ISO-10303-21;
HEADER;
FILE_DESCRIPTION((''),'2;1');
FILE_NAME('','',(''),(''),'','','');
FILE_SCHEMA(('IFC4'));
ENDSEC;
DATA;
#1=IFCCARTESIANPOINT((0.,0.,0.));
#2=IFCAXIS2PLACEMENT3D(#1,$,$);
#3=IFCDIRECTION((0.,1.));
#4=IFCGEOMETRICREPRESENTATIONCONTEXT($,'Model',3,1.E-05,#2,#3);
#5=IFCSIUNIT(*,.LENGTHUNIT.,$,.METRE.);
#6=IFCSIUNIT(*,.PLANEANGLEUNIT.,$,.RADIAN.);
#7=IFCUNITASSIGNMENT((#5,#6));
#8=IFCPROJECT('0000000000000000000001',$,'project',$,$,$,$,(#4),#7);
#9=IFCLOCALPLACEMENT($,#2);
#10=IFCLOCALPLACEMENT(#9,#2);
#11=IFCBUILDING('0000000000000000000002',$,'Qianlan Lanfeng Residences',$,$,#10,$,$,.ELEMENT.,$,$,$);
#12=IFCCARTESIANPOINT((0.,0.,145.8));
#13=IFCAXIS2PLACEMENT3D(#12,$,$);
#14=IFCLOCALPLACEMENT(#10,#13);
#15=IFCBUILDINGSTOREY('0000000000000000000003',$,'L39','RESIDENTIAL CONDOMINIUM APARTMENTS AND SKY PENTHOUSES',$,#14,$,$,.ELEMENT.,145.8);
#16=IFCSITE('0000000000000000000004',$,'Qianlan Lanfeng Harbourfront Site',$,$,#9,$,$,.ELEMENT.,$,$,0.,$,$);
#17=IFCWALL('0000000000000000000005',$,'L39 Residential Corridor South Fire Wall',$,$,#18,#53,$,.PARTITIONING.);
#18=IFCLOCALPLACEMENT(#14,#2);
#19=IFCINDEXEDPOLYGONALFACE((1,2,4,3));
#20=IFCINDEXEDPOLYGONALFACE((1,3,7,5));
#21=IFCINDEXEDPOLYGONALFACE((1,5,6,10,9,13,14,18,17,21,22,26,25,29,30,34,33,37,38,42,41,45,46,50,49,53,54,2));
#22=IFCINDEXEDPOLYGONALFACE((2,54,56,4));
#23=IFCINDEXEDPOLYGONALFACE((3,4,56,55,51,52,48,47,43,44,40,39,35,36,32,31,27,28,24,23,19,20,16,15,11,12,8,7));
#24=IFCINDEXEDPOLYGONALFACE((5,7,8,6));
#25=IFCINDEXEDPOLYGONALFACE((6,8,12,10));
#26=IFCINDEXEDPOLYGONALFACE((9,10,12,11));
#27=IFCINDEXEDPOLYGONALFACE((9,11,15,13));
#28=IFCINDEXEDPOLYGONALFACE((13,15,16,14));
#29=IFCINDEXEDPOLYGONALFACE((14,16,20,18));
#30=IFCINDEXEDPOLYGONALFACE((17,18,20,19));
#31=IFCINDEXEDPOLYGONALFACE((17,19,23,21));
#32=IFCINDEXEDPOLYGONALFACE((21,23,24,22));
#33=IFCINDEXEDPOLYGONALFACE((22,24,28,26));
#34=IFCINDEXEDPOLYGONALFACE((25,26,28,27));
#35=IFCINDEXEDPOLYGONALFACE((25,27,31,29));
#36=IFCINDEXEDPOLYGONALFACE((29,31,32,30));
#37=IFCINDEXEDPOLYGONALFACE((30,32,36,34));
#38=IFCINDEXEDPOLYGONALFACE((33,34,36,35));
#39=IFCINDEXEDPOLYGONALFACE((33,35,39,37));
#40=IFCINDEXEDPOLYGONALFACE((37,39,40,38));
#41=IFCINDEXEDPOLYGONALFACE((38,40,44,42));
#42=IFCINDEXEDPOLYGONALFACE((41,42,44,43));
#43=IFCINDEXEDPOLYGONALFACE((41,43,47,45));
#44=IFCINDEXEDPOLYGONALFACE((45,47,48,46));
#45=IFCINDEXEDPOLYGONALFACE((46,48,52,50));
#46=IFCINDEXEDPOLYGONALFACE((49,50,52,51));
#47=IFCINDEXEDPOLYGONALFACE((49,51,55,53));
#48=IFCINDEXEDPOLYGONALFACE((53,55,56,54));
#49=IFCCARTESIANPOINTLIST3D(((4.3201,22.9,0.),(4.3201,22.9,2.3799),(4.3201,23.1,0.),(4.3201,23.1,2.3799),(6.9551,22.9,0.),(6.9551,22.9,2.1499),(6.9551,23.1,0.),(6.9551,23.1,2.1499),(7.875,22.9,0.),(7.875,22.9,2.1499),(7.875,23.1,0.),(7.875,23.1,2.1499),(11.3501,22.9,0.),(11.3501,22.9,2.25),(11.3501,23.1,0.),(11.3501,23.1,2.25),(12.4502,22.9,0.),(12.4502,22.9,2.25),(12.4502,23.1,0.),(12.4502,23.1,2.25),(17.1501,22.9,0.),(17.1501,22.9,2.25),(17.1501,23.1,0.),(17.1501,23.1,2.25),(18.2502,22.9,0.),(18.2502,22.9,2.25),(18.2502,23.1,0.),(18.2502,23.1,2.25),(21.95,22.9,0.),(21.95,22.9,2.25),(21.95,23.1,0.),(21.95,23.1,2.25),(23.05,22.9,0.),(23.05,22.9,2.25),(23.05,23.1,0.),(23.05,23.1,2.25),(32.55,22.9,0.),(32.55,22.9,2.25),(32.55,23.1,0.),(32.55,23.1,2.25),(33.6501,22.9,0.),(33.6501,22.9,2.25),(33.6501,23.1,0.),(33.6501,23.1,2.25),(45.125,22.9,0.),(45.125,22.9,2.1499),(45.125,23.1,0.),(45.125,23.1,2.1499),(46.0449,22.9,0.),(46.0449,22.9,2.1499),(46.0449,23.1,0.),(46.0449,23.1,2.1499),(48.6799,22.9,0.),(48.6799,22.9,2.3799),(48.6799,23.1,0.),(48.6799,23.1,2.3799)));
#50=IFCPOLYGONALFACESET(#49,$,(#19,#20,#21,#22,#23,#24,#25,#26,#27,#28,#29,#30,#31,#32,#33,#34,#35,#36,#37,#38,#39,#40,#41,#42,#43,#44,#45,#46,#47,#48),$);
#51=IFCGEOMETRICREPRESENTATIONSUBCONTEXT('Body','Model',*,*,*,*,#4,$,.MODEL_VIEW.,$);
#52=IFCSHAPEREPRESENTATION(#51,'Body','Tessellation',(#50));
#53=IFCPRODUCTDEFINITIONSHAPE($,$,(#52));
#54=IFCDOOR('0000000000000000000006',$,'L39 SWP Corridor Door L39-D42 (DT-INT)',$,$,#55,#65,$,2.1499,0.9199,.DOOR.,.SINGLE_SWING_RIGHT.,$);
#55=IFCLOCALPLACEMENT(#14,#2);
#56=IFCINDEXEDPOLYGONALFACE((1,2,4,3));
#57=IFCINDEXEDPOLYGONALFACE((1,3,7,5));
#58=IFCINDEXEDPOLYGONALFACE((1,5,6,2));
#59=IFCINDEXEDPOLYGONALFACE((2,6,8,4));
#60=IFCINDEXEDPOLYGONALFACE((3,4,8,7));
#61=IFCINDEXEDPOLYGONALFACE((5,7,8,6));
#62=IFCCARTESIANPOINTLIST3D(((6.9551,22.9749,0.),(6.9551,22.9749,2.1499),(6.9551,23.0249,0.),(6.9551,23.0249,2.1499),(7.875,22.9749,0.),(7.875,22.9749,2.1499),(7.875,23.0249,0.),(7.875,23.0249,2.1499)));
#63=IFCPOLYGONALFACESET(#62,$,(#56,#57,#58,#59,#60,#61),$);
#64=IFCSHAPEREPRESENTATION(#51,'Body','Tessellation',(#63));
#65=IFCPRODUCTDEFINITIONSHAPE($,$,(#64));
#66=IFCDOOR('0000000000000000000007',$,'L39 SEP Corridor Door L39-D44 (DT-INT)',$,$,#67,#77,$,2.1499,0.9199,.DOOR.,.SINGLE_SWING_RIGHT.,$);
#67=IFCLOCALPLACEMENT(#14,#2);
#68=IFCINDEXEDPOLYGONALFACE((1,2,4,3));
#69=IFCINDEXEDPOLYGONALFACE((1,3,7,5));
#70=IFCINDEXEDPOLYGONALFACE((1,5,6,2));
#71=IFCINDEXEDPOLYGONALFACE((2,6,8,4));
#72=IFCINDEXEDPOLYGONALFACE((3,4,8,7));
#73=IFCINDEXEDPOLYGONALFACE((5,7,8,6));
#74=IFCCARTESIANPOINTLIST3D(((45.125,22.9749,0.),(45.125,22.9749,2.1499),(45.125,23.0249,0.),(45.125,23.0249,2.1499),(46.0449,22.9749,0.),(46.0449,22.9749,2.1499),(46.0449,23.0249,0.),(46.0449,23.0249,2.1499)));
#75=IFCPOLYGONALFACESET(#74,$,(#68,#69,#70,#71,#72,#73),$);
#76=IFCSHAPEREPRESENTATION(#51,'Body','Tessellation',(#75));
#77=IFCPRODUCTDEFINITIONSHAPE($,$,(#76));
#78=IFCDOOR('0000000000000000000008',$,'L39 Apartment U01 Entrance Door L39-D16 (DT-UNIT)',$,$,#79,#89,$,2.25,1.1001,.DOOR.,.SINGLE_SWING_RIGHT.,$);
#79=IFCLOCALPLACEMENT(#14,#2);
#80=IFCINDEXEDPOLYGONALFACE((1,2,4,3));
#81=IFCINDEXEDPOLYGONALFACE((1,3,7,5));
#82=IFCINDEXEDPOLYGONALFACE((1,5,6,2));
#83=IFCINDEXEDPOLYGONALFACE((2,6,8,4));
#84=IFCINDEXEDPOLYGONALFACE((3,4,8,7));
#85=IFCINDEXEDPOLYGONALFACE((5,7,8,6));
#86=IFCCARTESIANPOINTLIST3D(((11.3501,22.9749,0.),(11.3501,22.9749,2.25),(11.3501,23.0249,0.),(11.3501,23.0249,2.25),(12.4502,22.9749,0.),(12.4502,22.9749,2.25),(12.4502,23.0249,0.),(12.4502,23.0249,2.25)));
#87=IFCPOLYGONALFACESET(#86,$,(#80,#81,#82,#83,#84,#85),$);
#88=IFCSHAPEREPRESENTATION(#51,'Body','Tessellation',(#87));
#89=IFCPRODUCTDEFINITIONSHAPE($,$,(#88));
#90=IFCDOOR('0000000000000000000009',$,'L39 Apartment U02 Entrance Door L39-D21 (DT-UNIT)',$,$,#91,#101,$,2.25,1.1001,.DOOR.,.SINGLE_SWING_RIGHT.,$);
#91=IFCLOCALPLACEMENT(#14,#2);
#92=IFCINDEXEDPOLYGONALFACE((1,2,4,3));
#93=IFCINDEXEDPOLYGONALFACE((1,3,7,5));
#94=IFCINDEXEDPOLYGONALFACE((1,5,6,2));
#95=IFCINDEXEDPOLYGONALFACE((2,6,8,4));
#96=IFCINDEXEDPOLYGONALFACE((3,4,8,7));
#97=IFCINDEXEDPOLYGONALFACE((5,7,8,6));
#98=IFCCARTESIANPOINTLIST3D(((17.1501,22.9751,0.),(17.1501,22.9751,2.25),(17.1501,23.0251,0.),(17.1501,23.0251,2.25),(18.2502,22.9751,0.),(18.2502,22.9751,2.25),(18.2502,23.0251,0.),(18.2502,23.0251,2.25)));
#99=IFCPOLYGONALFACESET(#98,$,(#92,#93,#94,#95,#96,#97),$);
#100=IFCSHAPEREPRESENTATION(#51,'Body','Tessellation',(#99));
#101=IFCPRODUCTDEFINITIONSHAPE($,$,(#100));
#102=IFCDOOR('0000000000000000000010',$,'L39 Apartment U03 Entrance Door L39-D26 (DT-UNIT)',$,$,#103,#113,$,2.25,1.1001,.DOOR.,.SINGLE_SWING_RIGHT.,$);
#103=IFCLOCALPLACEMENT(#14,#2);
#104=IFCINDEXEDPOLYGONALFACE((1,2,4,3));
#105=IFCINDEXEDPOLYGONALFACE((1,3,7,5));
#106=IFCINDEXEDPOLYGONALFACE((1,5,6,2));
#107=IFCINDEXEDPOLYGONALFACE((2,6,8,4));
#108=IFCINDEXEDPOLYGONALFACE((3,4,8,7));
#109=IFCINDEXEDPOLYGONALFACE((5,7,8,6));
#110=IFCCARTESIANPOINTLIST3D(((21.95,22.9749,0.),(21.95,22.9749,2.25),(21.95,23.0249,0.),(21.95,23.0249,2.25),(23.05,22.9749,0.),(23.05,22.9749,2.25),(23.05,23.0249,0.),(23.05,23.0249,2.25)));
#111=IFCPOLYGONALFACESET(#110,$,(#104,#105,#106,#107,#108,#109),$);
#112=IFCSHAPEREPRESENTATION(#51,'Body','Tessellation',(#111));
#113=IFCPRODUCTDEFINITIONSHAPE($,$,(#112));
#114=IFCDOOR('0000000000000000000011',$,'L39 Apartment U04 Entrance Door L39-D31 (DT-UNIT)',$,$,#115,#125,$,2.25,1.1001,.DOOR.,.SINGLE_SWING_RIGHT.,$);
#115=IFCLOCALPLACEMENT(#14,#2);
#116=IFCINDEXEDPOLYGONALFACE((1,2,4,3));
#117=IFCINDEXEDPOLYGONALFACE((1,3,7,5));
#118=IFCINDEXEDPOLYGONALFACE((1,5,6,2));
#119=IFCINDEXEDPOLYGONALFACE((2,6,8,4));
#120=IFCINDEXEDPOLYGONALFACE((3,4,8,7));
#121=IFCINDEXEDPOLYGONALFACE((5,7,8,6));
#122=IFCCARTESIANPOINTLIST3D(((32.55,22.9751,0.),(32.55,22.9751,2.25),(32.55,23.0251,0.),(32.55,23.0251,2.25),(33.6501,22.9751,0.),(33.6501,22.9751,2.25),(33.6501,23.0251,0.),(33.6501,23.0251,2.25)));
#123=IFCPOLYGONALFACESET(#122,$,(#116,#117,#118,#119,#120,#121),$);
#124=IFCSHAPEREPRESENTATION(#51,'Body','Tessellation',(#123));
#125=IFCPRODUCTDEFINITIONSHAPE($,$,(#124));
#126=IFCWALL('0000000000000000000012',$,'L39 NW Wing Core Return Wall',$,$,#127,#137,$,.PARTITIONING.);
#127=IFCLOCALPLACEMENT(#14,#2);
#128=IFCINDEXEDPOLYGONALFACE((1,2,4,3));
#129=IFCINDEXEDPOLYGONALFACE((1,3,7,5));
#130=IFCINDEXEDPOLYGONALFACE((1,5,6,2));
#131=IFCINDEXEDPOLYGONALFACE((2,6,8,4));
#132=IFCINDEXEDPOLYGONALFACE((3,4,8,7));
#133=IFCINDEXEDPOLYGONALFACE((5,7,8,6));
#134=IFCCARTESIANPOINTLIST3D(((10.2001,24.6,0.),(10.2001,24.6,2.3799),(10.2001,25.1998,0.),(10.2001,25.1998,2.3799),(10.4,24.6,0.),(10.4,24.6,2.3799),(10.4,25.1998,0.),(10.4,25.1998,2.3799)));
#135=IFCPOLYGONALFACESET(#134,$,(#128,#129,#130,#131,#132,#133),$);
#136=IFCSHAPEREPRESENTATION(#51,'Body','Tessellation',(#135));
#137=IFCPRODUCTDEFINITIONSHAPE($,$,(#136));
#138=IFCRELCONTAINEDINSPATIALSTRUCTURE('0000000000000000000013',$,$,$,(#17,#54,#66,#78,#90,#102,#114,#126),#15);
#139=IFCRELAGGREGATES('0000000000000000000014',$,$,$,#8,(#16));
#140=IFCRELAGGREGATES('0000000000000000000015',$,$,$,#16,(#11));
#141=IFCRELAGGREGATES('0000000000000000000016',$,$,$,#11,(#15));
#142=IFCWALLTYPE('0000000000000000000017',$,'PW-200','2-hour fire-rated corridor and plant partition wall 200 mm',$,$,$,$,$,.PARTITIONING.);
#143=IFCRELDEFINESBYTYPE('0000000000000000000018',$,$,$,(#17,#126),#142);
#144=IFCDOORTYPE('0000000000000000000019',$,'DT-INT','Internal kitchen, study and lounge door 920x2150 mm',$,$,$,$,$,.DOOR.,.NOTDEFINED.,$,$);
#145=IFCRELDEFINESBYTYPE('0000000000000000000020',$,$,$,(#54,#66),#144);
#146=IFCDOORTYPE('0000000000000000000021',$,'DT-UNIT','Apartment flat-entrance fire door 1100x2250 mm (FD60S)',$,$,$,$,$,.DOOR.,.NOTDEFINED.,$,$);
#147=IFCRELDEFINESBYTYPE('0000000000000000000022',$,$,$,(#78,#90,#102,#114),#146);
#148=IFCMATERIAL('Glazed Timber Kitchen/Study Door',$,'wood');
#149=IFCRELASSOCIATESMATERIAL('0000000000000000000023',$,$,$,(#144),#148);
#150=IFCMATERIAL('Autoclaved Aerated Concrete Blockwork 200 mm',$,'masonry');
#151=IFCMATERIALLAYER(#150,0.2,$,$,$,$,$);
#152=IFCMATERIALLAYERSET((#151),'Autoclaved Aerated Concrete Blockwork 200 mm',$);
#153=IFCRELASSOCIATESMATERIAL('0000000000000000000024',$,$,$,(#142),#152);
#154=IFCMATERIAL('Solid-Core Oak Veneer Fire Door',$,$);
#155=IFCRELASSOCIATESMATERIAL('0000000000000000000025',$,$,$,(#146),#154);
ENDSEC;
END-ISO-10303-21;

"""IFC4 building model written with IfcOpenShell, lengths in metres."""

from ifc_helpers import new_model, si_unit, direction, frame, frame_2d, origin, place, context, subcontext, project, spatial, rectangle, extrude, material, layer, layer_set, type_object, element, fill, save


model = new_model("IFC4")

# Units and contexts
model_context = context("Model", 3, precision=1e-05, world=origin(), true_north=direction((0.0, 1.0)))
body_context = subcontext(model_context, "Body", "Model", "MODEL_VIEW")
ifc_project = project(units=[si_unit("LENGTHUNIT", "METRE"), si_unit("PLANEANGLEUNIT", "RADIAN")], contexts=[model_context])

# Site, building, storey
site_placement = place(None, origin())
site = spatial("IfcSite", under=ifc_project, at=site_placement, Name="Qianlan Lanfeng Harbourfront Site", CompositionType="ELEMENT", RefElevation=0.0)
building_placement = place(site_placement, origin())
building = spatial("IfcBuilding", under=site, at=building_placement, Name="Qianlan Lanfeng Residences", CompositionType="ELEMENT")
storey_placement = place(building_placement, frame((0.0, 0.0, 145.8)))
storey = spatial("IfcBuildingStorey", under=building, at=storey_placement, Name="L39", Description="RESIDENTIAL CONDOMINIUM APARTMENTS AND SKY PENTHOUSES", CompositionType="ELEMENT", Elevation=145.8)

# Shared definitions
ifc_material_1 = material(Name="Glazed Timber Kitchen/Study Door", Category="wood")
door_type_1 = type_object("IfcDoorType", Name="DT-INT", Description="Internal kitchen, study and lounge door 920x2150 mm", OperationType="NOTDEFINED", PredefinedType="DOOR", material=ifc_material_1)

# Wall, openings, doors
ifc_material_2 = material(Name="Autoclaved Aerated Concrete Blockwork 200 mm", Category="masonry")
ifc_layer_1 = layer(ifc_material_2, 0.2)
ifc_layer_set_1 = layer_set([ifc_layer_1], Name="Autoclaved Aerated Concrete Blockwork 200 mm")
wall_type_1 = type_object("IfcWallType", Name="PW-200", Description="2-hour fire-rated corridor and plant partition wall 200 mm", PredefinedType="PARTITIONING", material=ifc_layer_set_1)
wall_1_placement = place(storey_placement, frame((4.3201, 23.0, 0.0), z_axis=(0.0, 0.0, 1.0), x_axis=(1.0, 0.0, 0.0)))
wall_1 = element("IfcWall", 1, at=wall_1_placement, inside=storey, type_object=wall_type_1, Name="L39 Residential Corridor South Fire Wall", PredefinedType="PARTITIONING", context=body_context, shape_type="SweptSolid", body=[
    extrude(rectangle(XDim=44.3599, YDim=0.2, at=frame_2d((22.1799, 0.0))), origin(), (0.0, 0.0, 1.0), 2.3799),
])
opening_1_placement = place(wall_1_placement, frame((7.03, 0.0, 0.0)))
opening_1 = element("IfcOpeningElement", 2, at=opening_1_placement, cuts=wall_1, PredefinedType="OPENING", context=body_context, shape_type="SweptSolid", body=[
    extrude(rectangle(XDim=1.1001, YDim=2.25, at=frame_2d((0.55, 1.125))), frame((0.0, 0.1099, 0.0), z_axis=(0.0, -1.0, 0.0), x_axis=(1.0, 0.0, 0.0)), (0.0, 0.0, 1.0), 0.22),
])
opening_2_placement = place(wall_1_placement, frame((12.8301, 0.0, 0.0)))
opening_2 = element("IfcOpeningElement", 3, at=opening_2_placement, cuts=wall_1, PredefinedType="OPENING", context=body_context, shape_type="SweptSolid", body=[
    extrude(rectangle(XDim=1.1001, YDim=2.25, at=frame_2d((0.55, 1.125))), frame((0.0, 0.1099, 0.0), z_axis=(0.0, -1.0, 0.0), x_axis=(1.0, 0.0, 0.0)), (0.0, 0.0, 1.0), 0.22),
])
opening_3_placement = place(wall_1_placement, frame((17.6299, 0.0, 0.0)))
opening_3 = element("IfcOpeningElement", 4, at=opening_3_placement, cuts=wall_1, PredefinedType="OPENING", context=body_context, shape_type="SweptSolid", body=[
    extrude(rectangle(XDim=1.1001, YDim=2.25, at=frame_2d((0.55, 1.125))), frame((0.0, 0.1099, 0.0), z_axis=(0.0, -1.0, 0.0), x_axis=(1.0, 0.0, 0.0)), (0.0, 0.0, 1.0), 0.22),
])
opening_4_placement = place(wall_1_placement, frame((28.23, 0.0, 0.0)))
opening_4 = element("IfcOpeningElement", 5, at=opening_4_placement, cuts=wall_1, PredefinedType="OPENING", context=body_context, shape_type="SweptSolid", body=[
    extrude(rectangle(XDim=1.1001, YDim=2.25, at=frame_2d((0.55, 1.125))), frame((0.0, 0.1099, 0.0), z_axis=(0.0, -1.0, 0.0), x_axis=(1.0, 0.0, 0.0)), (0.0, 0.0, 1.0), 0.22),
])
opening_5_placement = place(wall_1_placement, frame((2.635, 0.0, 0.0)))
opening_5 = element("IfcOpeningElement", 6, at=opening_5_placement, cuts=wall_1, PredefinedType="OPENING", context=body_context, shape_type="SweptSolid", body=[
    extrude(rectangle(XDim=0.9199, YDim=2.1499, at=frame_2d((0.46, 1.075))), frame((0.0, 0.1099, 0.0), z_axis=(0.0, -1.0, 0.0), x_axis=(1.0, 0.0, 0.0)), (0.0, 0.0, 1.0), 0.22),
])
opening_6_placement = place(wall_1_placement, frame((40.8049, 0.0, 0.0)))
opening_6 = element("IfcOpeningElement", 7, at=opening_6_placement, cuts=wall_1, PredefinedType="OPENING", context=body_context, shape_type="SweptSolid", body=[
    extrude(rectangle(XDim=0.9199, YDim=2.1499, at=frame_2d((0.46, 1.075))), frame((0.0, 0.1099, 0.0), z_axis=(0.0, -1.0, 0.0), x_axis=(1.0, 0.0, 0.0)), (0.0, 0.0, 1.0), 0.22),
])
door_1_placement = place(opening_5_placement, origin())
door_1 = element("IfcDoor", 8, at=door_1_placement, inside=storey, type_object=door_type_1, Name="L39 SWP Corridor Door L39-D42 (DT-INT)", OperationType="SINGLE_SWING_RIGHT", OverallHeight=2.1499, OverallWidth=0.9199, PredefinedType="DOOR", context=body_context, shape_type="SweptSolid", body=[
    extrude(rectangle(XDim=0.9199, YDim=2.1499, at=frame_2d((0.46, 1.075))), frame((0.0, 0.0249, 0.0), z_axis=(0.0, -1.0, 0.0), x_axis=(1.0, 0.0, 0.0)), (0.0, 0.0, 1.0), 0.05),
])
fill(opening_5, door_1)
door_2_placement = place(opening_6_placement, origin())
door_2 = element("IfcDoor", 9, at=door_2_placement, inside=storey, type_object=door_type_1, Name="L39 SEP Corridor Door L39-D44 (DT-INT)", OperationType="SINGLE_SWING_RIGHT", OverallHeight=2.1499, OverallWidth=0.9199, PredefinedType="DOOR", context=body_context, shape_type="SweptSolid", body=[
    extrude(rectangle(XDim=0.9199, YDim=2.1499, at=frame_2d((0.46, 1.075))), frame((0.0, 0.0249, 0.0), z_axis=(0.0, -1.0, 0.0), x_axis=(1.0, 0.0, 0.0)), (0.0, 0.0, 1.0), 0.05),
])
fill(opening_6, door_2)
ifc_material_3 = material(Name="Solid-Core Oak Veneer Fire Door")
door_type_2 = type_object("IfcDoorType", Name="DT-UNIT", Description="Apartment flat-entrance fire door 1100x2250 mm (FD60S)", OperationType="NOTDEFINED", PredefinedType="DOOR", material=ifc_material_3)
door_3_placement = place(opening_1_placement, origin())
door_3 = element("IfcDoor", 10, at=door_3_placement, inside=storey, type_object=door_type_2, Name="L39 Apartment U01 Entrance Door L39-D16 (DT-UNIT)", OperationType="SINGLE_SWING_RIGHT", OverallHeight=2.25, OverallWidth=1.1001, PredefinedType="DOOR", context=body_context, shape_type="SweptSolid", body=[
    extrude(rectangle(XDim=1.1001, YDim=2.25, at=frame_2d((0.55, 1.125))), frame((0.0, 0.0249, 0.0), z_axis=(0.0, -1.0, 0.0), x_axis=(1.0, 0.0, 0.0)), (0.0, 0.0, 1.0), 0.05),
])
fill(opening_1, door_3)
door_4_placement = place(opening_2_placement, frame((1.1001, 0.0, 0.0), z_axis=(0.0, 0.0, 1.0), x_axis=(-1.0, 0.0, 0.0)))
door_4 = element("IfcDoor", 11, at=door_4_placement, inside=storey, type_object=door_type_2, Name="L39 Apartment U02 Entrance Door L39-D21 (DT-UNIT)", OperationType="SINGLE_SWING_RIGHT", OverallHeight=2.25, OverallWidth=1.1001, PredefinedType="DOOR", context=body_context, shape_type="SweptSolid", body=[
    extrude(rectangle(XDim=1.1001, YDim=2.25, at=frame_2d((0.55, 1.125))), frame((0.0, 0.0249, 0.0), z_axis=(0.0, -1.0, 0.0), x_axis=(1.0, 0.0, 0.0)), (0.0, 0.0, 1.0), 0.05),
])
fill(opening_2, door_4)
door_5_placement = place(opening_3_placement, origin())
door_5 = element("IfcDoor", 12, at=door_5_placement, inside=storey, type_object=door_type_2, Name="L39 Apartment U03 Entrance Door L39-D26 (DT-UNIT)", OperationType="SINGLE_SWING_RIGHT", OverallHeight=2.25, OverallWidth=1.1001, PredefinedType="DOOR", context=body_context, shape_type="SweptSolid", body=[
    extrude(rectangle(XDim=1.1001, YDim=2.25, at=frame_2d((0.55, 1.125))), frame((0.0, 0.0249, 0.0), z_axis=(0.0, -1.0, 0.0), x_axis=(1.0, 0.0, 0.0)), (0.0, 0.0, 1.0), 0.05),
])
fill(opening_3, door_5)
door_6_placement = place(opening_4_placement, frame((1.1001, 0.0, 0.0), z_axis=(0.0, 0.0, 1.0), x_axis=(-1.0, 0.0, 0.0)))
door_6 = element("IfcDoor", 13, at=door_6_placement, inside=storey, type_object=door_type_2, Name="L39 Apartment U04 Entrance Door L39-D31 (DT-UNIT)", OperationType="SINGLE_SWING_RIGHT", OverallHeight=2.25, OverallWidth=1.1001, PredefinedType="DOOR", context=body_context, shape_type="SweptSolid", body=[
    extrude(rectangle(XDim=1.1001, YDim=2.25, at=frame_2d((0.55, 1.125))), frame((0.0, 0.0249, 0.0), z_axis=(0.0, -1.0, 0.0), x_axis=(1.0, 0.0, 0.0)), (0.0, 0.0, 1.0), 0.05),
])
fill(opening_4, door_6)

# Wall
wall_2_placement = place(storey_placement, frame((10.3, 24.6001, 0.0), z_axis=(0.0, 0.0, 1.0), x_axis=(0.0, 1.0, 0.0)))
element("IfcWall", 14, at=wall_2_placement, inside=storey, type_object=wall_type_1, Name="L39 NW Wing Core Return Wall", PredefinedType="PARTITIONING", context=body_context, shape_type="SweptSolid", body=[
    extrude(rectangle(XDim=0.5999, YDim=0.2, at=frame_2d((0.2998, 0.0))), origin(), (0.0, 0.0, 1.0), 2.3799),
])

save(model, "model.ifc")
